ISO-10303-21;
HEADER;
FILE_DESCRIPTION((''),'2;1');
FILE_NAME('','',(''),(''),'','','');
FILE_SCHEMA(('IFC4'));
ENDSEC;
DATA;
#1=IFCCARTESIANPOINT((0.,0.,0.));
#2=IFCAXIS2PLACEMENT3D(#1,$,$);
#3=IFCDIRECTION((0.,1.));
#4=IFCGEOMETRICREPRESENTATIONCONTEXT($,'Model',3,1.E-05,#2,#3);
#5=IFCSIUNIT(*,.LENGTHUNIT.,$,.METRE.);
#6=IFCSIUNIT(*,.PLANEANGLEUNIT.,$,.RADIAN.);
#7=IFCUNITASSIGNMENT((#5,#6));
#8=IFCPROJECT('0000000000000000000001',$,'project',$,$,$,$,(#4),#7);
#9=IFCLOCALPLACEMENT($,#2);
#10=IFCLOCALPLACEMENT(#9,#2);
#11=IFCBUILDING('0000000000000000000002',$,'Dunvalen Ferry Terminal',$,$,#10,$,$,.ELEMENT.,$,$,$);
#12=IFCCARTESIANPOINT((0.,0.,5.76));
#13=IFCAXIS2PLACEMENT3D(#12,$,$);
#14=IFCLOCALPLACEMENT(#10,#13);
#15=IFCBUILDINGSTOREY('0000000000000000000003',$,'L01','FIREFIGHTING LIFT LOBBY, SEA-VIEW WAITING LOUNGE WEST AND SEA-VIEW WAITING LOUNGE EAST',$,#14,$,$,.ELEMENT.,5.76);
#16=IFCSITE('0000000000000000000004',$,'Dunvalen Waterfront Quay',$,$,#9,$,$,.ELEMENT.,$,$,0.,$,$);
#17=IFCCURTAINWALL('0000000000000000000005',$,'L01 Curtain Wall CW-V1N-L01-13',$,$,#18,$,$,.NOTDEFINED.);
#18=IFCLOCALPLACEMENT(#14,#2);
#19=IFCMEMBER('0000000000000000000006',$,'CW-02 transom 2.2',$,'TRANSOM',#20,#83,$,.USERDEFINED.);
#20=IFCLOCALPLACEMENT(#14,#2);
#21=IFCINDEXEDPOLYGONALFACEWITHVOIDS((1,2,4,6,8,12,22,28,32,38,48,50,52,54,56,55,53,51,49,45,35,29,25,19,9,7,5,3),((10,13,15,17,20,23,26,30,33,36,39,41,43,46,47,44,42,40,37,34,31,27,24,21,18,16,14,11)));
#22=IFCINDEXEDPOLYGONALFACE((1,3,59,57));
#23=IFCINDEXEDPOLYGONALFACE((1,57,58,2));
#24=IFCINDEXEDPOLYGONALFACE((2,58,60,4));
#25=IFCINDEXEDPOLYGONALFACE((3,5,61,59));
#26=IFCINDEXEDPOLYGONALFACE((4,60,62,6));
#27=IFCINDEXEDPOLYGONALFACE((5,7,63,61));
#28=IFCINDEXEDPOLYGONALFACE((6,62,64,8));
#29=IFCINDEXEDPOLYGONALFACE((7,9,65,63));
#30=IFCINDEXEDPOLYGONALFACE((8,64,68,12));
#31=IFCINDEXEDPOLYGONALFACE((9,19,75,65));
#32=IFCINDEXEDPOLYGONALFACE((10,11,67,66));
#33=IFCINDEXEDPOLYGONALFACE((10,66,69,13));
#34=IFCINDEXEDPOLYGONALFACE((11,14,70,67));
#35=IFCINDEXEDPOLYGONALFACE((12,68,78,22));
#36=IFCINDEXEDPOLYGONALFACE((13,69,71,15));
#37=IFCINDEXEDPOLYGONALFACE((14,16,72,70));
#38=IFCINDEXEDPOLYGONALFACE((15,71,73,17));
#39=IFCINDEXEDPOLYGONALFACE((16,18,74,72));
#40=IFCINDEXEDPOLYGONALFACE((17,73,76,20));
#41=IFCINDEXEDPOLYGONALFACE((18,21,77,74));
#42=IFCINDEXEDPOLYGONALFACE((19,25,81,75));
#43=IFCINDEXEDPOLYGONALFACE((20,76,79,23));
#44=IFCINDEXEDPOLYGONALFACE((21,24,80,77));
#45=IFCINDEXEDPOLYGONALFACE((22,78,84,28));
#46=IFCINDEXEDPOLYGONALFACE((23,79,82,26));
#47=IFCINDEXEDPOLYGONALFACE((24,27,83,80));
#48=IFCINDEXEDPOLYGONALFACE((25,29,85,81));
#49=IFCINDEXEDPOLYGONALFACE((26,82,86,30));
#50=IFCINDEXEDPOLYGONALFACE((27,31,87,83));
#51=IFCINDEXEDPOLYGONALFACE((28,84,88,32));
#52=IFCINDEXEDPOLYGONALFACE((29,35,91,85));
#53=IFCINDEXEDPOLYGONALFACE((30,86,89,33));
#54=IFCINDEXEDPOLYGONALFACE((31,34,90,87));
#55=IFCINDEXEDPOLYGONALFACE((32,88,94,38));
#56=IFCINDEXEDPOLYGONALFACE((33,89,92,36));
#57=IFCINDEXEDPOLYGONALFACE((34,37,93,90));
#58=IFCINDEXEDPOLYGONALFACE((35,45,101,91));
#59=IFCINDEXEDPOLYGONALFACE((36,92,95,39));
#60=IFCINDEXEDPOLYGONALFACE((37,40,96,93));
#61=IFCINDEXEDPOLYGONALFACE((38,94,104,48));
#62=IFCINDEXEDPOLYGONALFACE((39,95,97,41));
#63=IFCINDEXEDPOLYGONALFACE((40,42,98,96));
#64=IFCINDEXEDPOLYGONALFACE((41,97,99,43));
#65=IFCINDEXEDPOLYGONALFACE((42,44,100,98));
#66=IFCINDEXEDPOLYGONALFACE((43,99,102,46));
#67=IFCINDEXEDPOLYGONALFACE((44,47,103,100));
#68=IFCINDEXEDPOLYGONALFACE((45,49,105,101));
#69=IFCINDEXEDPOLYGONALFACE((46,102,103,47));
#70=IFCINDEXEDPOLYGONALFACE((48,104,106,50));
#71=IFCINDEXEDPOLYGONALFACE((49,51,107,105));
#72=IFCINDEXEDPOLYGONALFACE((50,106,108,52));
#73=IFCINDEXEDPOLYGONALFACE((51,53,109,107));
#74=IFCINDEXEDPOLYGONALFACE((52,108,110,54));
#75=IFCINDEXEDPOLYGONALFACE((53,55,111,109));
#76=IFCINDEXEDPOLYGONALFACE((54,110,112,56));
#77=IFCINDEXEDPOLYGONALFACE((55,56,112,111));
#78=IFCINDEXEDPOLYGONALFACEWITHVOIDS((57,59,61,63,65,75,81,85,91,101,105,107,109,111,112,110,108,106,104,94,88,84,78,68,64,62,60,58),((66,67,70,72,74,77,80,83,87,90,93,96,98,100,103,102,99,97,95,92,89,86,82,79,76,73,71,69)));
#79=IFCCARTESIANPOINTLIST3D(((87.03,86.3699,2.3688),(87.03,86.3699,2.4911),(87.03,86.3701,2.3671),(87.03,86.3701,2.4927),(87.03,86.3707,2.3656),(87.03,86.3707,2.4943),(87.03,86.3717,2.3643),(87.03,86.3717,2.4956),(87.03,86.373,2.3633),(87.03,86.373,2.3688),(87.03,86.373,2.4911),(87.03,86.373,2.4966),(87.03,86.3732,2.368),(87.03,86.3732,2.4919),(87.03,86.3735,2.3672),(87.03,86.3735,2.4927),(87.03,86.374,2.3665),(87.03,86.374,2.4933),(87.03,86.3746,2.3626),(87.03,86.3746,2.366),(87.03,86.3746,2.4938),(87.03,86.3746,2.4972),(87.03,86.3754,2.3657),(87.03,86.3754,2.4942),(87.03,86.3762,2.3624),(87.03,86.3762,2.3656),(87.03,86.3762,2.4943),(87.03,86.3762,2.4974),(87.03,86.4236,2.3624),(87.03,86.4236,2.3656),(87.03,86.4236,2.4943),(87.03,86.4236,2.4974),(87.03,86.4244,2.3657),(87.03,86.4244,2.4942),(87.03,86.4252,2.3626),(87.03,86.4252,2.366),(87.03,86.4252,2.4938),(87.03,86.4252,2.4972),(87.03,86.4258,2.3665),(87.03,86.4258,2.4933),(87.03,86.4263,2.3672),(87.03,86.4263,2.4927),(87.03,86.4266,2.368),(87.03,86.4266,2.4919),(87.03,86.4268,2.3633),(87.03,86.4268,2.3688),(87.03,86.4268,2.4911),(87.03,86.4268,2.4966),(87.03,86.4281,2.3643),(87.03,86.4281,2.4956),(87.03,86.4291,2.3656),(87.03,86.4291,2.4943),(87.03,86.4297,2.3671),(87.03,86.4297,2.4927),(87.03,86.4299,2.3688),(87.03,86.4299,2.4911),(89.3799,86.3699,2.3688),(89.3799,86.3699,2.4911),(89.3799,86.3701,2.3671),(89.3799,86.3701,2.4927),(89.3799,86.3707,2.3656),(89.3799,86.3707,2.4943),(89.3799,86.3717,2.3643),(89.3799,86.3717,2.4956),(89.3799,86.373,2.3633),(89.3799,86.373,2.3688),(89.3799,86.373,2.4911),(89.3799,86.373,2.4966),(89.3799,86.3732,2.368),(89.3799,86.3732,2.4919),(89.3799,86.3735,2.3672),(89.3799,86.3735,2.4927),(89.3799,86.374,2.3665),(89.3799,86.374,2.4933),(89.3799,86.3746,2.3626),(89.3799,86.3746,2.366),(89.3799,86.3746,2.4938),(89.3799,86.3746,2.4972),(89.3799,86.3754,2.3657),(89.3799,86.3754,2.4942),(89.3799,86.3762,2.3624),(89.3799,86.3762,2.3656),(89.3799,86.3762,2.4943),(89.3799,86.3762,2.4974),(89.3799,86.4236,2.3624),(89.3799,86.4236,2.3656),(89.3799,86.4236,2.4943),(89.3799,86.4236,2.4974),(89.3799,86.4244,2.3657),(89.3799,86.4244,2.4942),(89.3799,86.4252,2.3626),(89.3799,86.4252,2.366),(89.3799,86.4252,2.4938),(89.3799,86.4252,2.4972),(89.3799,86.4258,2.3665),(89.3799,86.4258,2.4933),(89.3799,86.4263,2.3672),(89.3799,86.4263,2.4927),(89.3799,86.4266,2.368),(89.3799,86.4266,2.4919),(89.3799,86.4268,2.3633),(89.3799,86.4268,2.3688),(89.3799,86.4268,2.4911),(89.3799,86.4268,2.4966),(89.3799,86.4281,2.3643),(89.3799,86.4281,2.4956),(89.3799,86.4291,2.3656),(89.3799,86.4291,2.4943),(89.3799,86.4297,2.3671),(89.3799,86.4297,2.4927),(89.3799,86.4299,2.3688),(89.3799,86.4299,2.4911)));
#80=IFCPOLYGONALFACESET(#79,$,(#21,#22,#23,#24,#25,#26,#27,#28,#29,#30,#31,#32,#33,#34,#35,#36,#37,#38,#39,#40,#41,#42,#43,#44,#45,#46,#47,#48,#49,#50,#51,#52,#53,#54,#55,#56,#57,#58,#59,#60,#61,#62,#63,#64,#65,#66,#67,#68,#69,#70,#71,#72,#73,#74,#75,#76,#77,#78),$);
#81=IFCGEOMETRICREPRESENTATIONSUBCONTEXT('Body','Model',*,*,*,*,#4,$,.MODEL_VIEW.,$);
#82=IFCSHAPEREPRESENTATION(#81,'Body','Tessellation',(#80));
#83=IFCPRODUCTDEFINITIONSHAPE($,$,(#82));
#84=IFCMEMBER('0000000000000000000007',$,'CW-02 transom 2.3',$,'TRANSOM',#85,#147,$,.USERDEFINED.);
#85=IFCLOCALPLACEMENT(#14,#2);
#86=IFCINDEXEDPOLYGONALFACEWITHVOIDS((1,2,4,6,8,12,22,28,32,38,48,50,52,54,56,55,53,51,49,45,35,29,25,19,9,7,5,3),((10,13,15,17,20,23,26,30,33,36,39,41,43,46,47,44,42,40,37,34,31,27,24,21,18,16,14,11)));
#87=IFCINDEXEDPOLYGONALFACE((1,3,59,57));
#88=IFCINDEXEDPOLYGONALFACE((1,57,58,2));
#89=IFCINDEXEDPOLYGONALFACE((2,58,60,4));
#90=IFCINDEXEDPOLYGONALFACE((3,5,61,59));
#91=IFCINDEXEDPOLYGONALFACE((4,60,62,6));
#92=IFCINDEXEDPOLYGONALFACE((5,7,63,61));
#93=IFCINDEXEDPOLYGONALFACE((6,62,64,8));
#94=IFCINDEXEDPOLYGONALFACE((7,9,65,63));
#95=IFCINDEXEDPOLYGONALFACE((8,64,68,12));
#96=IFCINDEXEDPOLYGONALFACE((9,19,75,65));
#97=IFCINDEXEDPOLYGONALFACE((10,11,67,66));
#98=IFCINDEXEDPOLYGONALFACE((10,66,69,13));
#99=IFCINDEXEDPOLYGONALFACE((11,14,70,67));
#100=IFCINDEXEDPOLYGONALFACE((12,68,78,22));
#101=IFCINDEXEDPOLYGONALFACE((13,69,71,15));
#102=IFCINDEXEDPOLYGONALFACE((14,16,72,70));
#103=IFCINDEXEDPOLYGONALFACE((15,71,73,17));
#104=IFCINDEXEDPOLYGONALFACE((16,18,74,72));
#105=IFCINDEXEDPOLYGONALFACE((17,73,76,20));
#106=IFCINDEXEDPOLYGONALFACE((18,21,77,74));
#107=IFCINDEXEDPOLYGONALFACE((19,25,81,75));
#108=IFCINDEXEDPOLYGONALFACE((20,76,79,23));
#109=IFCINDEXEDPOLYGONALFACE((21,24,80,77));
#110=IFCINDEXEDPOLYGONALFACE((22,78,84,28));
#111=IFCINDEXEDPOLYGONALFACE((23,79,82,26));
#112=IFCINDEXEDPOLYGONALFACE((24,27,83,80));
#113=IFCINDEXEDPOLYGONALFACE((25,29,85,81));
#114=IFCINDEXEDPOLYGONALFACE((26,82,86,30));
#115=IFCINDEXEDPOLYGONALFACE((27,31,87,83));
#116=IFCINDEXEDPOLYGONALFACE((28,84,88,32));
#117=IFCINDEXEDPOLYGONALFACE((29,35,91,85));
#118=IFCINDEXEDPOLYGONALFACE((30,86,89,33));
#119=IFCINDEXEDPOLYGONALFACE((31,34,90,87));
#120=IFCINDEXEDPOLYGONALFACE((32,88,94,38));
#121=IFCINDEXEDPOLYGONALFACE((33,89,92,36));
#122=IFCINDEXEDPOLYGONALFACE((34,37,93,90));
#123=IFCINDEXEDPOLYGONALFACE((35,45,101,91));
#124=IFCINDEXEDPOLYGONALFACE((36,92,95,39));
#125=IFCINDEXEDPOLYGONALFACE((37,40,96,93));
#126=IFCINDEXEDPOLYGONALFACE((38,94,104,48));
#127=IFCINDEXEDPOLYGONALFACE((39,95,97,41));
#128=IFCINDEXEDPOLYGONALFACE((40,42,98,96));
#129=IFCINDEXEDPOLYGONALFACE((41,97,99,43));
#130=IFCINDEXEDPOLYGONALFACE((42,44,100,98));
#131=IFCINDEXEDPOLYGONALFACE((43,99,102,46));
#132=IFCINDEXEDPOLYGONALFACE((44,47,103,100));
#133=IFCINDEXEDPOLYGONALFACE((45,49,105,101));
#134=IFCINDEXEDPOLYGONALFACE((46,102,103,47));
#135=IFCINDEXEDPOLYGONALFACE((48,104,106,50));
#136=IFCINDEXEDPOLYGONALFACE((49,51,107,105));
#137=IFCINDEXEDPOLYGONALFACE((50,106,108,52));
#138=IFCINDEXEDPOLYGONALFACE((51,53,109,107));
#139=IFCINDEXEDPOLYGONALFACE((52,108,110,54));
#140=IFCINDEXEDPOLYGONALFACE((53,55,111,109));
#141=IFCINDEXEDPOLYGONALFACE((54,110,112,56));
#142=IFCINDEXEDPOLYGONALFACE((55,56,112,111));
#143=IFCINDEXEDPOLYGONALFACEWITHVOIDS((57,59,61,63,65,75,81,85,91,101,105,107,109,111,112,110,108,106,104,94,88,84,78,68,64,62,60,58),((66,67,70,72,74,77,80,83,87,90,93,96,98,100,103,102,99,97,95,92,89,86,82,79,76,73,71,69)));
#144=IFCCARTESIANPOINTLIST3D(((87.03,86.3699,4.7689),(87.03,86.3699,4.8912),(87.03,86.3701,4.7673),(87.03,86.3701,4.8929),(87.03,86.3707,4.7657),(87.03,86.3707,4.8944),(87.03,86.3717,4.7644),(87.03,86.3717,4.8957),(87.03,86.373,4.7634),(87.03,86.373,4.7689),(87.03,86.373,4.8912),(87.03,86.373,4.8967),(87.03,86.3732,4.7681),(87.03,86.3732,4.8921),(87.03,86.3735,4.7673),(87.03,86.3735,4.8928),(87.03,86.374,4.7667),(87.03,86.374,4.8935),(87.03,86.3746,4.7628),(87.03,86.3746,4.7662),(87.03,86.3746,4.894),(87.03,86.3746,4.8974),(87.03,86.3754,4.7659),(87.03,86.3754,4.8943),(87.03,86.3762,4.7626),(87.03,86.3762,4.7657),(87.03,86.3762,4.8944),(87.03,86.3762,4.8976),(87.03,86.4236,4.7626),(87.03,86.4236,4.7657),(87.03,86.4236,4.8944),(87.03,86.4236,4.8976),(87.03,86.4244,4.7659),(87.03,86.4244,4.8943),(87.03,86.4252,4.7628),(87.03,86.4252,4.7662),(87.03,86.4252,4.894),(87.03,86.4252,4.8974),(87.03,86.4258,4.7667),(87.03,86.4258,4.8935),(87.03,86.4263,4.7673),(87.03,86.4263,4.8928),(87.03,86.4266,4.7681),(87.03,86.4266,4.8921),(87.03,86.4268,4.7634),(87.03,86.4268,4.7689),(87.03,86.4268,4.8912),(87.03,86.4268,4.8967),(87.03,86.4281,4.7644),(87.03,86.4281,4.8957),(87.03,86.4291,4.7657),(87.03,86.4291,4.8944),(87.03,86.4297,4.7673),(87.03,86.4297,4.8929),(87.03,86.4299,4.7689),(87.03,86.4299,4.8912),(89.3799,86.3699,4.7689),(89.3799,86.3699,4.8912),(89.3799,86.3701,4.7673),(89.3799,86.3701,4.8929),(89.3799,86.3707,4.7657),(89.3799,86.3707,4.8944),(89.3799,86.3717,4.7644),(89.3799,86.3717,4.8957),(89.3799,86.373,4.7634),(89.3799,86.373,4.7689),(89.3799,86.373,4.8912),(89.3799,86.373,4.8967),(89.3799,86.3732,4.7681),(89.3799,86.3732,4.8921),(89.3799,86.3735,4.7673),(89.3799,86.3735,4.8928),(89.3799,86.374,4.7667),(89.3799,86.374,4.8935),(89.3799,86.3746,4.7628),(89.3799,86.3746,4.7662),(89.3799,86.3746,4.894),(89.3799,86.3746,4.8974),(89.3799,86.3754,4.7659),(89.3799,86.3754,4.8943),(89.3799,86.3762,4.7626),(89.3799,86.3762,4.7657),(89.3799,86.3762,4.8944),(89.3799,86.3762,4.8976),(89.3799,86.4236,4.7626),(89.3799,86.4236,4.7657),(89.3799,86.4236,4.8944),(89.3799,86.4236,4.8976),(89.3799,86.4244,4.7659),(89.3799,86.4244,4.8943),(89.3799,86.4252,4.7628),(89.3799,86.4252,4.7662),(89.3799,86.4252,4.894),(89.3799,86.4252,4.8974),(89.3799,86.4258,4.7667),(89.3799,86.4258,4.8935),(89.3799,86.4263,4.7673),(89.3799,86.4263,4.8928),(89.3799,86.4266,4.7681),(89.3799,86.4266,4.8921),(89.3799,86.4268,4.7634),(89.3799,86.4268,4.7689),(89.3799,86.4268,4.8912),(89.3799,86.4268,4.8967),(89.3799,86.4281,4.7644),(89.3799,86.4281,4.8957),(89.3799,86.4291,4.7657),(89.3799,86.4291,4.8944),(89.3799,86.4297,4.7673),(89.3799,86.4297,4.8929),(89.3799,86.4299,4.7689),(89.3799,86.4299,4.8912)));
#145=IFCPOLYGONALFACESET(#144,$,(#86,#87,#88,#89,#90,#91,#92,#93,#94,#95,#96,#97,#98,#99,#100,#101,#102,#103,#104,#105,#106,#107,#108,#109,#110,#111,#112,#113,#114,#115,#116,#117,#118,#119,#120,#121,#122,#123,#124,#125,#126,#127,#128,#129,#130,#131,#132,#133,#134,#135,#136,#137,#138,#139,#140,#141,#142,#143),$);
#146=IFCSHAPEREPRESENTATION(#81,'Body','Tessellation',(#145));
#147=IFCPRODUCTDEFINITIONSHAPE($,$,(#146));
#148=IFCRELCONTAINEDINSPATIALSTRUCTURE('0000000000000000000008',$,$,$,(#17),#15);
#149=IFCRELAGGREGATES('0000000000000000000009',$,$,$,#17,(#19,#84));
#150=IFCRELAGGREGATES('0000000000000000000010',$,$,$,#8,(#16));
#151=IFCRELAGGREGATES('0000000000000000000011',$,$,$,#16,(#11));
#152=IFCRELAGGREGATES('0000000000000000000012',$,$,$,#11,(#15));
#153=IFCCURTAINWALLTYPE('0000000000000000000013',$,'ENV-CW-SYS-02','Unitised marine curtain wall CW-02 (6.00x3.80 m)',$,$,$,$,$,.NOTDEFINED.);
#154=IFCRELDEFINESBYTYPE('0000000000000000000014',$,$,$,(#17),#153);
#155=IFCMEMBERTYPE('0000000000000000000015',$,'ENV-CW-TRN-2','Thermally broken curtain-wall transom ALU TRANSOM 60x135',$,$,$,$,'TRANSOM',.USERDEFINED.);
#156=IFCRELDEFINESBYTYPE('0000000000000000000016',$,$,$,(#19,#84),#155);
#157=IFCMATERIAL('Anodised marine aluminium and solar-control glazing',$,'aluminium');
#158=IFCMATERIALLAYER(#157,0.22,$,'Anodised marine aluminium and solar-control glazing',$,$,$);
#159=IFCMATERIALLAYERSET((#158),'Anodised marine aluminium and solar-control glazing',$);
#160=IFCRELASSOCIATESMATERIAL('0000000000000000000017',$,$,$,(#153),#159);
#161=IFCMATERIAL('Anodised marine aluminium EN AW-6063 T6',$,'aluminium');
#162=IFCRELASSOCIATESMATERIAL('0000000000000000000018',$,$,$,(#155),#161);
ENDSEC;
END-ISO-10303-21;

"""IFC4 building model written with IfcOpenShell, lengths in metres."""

from ifc_helpers import new_model, si_unit, direction, frame, origin, origin_2d, place, context, subcontext, project, spatial, hollow_rectangle, extrude, material, layer, layer_set, material_profile, profile_set, type_object, element, aggregate, save


model = new_model("IFC4")

# Units and contexts
model_context = context("Model", 3, precision=1e-05, world=origin(), true_north=direction((0.0, 1.0)))
body_context = subcontext(model_context, "Body", "Model", "MODEL_VIEW")
ifc_project = project(units=[si_unit("LENGTHUNIT", "METRE"), si_unit("PLANEANGLEUNIT", "RADIAN")], contexts=[model_context])

# Site, building, storey
site_placement = place(None, origin())
site = spatial("IfcSite", under=ifc_project, at=site_placement, Name="Dunvalen Waterfront Quay", CompositionType="ELEMENT", RefElevation=0.0)
building_placement = place(site_placement, origin())
building = spatial("IfcBuilding", under=site, at=building_placement, Name="Dunvalen Ferry Terminal", CompositionType="ELEMENT")
storey_placement = place(building_placement, frame((0.0, 0.0, 5.76)))
storey = spatial("IfcBuildingStorey", under=building, at=storey_placement, Name="L01", Description="FIREFIGHTING LIFT LOBBY, SEA-VIEW WAITING LOUNGE WEST AND SEA-VIEW WAITING LOUNGE EAST", CompositionType="ELEMENT", Elevation=5.76)

# Curtain wall
ifc_material_1 = material(Name="Anodised marine aluminium and solar-control glazing", Category="aluminium")
ifc_layer_1 = layer(ifc_material_1, 0.22, Name="Anodised marine aluminium and solar-control glazing")
ifc_layer_set_1 = layer_set([ifc_layer_1], Name="Anodised marine aluminium and solar-control glazing")
curtain_wall_type_1 = type_object("IfcCurtainWallType", Name="ENV-CW-SYS-02", Description="Unitised marine curtain wall CW-02 (6.00x3.80 m)", PredefinedType="NOTDEFINED", material=ifc_layer_set_1)
curtain_wall_1_placement = place(storey_placement, origin())
curtain_wall_1 = element("IfcCurtainWall", 1, at=curtain_wall_1_placement, inside=storey, type_object=curtain_wall_type_1, Name="L01 Curtain Wall CW-V1N-L01-13", PredefinedType="NOTDEFINED")
ifc_material_2 = material(Name="Anodised marine aluminium EN AW-6063 T6", Category="aluminium")

# Members
ifc_material_profile_1 = material_profile(ifc_material_2, hollow_rectangle(XDim=0.0601, YDim=0.135, WallThickness=0.0032, InnerFilletRadius=0.0032, OuterFilletRadius=0.0063, at=origin_2d()), Name="Anodised marine aluminium EN AW-6063 T6")
ifc_profile_set_1 = profile_set([ifc_material_profile_1], Name="Anodised marine aluminium EN AW-6063 T6")
member_type_1 = type_object("IfcMemberType", Name="ENV-CW-TRN-2", Description="Thermally broken curtain-wall transom ALU TRANSOM 60x135", ElementType="TRANSOM", PredefinedType="USERDEFINED", material=ifc_profile_set_1)
member_1_placement = place(storey_placement, frame((87.03, 86.3999, 2.4299), z_axis=(1.0, 0.0, 0.0), x_axis=(0.0, 1.0, 0.0)))
member_1 = element("IfcMember", 2, at=member_1_placement, type_object=member_type_1, Name="CW-02 transom 2.2", ObjectType="TRANSOM", PredefinedType="USERDEFINED", context=body_context, shape_type="SweptSolid", body=[
    extrude(hollow_rectangle(XDim=0.0601, YDim=0.135, WallThickness=0.0032, InnerFilletRadius=0.0032, OuterFilletRadius=0.0063, at=origin_2d()), origin(), (0.0, 0.0, 1.0), 2.3499),
])
member_2_placement = place(storey_placement, frame((87.03, 86.3999, 4.8301), z_axis=(1.0, 0.0, 0.0), x_axis=(0.0, 1.0, 0.0)))
member_2 = element("IfcMember", 3, at=member_2_placement, type_object=member_type_1, Name="CW-02 transom 2.3", ObjectType="TRANSOM", PredefinedType="USERDEFINED", context=body_context, shape_type="SweptSolid", body=[
    extrude(hollow_rectangle(XDim=0.0601, YDim=0.135, WallThickness=0.0032, InnerFilletRadius=0.0032, OuterFilletRadius=0.0063, at=origin_2d()), origin(), (0.0, 0.0, 1.0), 2.3499),
])

aggregate(curtain_wall_1, [member_1, member_2])

save(model, "model.ifc")
